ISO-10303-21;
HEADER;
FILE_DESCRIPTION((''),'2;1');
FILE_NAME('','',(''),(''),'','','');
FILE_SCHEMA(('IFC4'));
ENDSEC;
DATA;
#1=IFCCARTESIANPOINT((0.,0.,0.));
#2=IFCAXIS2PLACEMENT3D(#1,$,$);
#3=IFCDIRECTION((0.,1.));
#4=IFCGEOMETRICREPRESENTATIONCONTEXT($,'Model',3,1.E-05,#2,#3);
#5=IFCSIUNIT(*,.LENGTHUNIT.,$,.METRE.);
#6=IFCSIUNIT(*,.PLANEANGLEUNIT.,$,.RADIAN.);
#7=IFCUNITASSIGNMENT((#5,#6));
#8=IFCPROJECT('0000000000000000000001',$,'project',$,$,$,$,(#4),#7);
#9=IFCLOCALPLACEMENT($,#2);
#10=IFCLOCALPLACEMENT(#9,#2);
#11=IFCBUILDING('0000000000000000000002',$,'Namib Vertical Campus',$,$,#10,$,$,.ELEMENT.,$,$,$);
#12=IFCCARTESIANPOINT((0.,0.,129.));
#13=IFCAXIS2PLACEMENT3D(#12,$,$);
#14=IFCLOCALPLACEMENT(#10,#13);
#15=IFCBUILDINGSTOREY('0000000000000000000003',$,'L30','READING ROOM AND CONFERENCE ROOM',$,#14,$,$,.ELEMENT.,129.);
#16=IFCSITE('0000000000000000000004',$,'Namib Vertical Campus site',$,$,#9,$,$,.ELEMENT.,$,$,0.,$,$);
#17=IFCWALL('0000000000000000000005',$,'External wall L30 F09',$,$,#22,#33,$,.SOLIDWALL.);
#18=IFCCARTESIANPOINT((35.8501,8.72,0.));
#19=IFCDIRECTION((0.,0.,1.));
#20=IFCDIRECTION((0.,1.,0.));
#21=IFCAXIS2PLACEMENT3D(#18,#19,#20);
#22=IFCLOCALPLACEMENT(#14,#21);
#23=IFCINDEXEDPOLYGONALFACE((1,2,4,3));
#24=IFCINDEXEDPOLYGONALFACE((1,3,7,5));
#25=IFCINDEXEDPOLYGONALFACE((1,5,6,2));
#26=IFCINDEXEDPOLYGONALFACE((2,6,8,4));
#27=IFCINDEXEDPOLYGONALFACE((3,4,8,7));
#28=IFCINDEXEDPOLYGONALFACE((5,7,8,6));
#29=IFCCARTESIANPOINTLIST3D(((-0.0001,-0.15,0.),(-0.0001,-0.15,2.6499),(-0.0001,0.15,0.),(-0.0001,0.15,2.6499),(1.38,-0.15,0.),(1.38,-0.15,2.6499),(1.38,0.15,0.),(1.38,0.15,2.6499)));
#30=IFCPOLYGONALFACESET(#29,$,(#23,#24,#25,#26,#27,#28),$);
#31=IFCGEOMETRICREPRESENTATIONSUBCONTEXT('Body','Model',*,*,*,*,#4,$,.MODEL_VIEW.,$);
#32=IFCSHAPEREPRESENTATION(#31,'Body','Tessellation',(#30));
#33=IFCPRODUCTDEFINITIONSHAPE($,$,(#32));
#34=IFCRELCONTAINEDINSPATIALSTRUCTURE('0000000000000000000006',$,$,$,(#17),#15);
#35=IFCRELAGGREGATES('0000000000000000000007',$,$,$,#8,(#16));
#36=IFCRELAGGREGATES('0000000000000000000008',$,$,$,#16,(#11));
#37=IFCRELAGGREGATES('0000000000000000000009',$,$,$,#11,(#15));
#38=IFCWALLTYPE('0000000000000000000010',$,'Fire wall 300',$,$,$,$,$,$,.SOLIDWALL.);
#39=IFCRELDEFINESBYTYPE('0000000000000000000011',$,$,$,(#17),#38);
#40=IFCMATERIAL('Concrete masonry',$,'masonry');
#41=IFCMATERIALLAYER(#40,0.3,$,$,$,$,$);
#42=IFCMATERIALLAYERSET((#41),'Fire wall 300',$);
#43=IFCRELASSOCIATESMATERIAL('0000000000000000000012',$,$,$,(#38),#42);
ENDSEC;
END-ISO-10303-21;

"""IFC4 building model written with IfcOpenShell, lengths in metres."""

from ifc_helpers import new_model, si_unit, direction, frame, frame_2d, origin, place, context, subcontext, project, spatial, rectangle, extrude, material, layer, layer_set, type_object, element, save


model = new_model("IFC4")

# Units and contexts
model_context = context("Model", 3, precision=1e-05, world=origin(), true_north=direction((0.0, 1.0)))
body_context = subcontext(model_context, "Body", "Model", "MODEL_VIEW")
ifc_project = project(units=[si_unit("LENGTHUNIT", "METRE"), si_unit("PLANEANGLEUNIT", "RADIAN")], contexts=[model_context])

# Site, building, storey
site_placement = place(None, origin())
site = spatial("IfcSite", under=ifc_project, at=site_placement, Name="Namib Vertical Campus site", CompositionType="ELEMENT", RefElevation=0.0)
building_placement = place(site_placement, origin())
building = spatial("IfcBuilding", under=site, at=building_placement, Name="Namib Vertical Campus", CompositionType="ELEMENT")
storey_placement = place(building_placement, frame((0.0, 0.0, 129.0)))
storey = spatial("IfcBuildingStorey", under=building, at=storey_placement, Name="L30", Description="READING ROOM AND CONFERENCE ROOM", CompositionType="ELEMENT", Elevation=129.0)

# Wall
ifc_material_1 = material(Name="Concrete masonry", Category="masonry")
ifc_layer_1 = layer(ifc_material_1, 0.3)
ifc_layer_set_1 = layer_set([ifc_layer_1], Name="Fire wall 300")
wall_type_1 = type_object("IfcWallType", Name="Fire wall 300", PredefinedType="SOLIDWALL", material=ifc_layer_set_1)
wall_1_placement = place(storey_placement, frame((35.8501, 8.72, 0.0), z_axis=(0.0, 0.0, 1.0), x_axis=(0.0, 1.0, 0.0)))
element("IfcWall", 1, at=wall_1_placement, inside=storey, type_object=wall_type_1, Name="External wall L30 F09", PredefinedType="SOLIDWALL", context=body_context, shape_type="SweptSolid", body=[
    extrude(rectangle(XDim=1.3801, YDim=0.3, at=frame_2d((0.6899, 0.0))), origin(), (0.0, 0.0, 1.0), 2.6499),
])

save(model, "model.ifc")
